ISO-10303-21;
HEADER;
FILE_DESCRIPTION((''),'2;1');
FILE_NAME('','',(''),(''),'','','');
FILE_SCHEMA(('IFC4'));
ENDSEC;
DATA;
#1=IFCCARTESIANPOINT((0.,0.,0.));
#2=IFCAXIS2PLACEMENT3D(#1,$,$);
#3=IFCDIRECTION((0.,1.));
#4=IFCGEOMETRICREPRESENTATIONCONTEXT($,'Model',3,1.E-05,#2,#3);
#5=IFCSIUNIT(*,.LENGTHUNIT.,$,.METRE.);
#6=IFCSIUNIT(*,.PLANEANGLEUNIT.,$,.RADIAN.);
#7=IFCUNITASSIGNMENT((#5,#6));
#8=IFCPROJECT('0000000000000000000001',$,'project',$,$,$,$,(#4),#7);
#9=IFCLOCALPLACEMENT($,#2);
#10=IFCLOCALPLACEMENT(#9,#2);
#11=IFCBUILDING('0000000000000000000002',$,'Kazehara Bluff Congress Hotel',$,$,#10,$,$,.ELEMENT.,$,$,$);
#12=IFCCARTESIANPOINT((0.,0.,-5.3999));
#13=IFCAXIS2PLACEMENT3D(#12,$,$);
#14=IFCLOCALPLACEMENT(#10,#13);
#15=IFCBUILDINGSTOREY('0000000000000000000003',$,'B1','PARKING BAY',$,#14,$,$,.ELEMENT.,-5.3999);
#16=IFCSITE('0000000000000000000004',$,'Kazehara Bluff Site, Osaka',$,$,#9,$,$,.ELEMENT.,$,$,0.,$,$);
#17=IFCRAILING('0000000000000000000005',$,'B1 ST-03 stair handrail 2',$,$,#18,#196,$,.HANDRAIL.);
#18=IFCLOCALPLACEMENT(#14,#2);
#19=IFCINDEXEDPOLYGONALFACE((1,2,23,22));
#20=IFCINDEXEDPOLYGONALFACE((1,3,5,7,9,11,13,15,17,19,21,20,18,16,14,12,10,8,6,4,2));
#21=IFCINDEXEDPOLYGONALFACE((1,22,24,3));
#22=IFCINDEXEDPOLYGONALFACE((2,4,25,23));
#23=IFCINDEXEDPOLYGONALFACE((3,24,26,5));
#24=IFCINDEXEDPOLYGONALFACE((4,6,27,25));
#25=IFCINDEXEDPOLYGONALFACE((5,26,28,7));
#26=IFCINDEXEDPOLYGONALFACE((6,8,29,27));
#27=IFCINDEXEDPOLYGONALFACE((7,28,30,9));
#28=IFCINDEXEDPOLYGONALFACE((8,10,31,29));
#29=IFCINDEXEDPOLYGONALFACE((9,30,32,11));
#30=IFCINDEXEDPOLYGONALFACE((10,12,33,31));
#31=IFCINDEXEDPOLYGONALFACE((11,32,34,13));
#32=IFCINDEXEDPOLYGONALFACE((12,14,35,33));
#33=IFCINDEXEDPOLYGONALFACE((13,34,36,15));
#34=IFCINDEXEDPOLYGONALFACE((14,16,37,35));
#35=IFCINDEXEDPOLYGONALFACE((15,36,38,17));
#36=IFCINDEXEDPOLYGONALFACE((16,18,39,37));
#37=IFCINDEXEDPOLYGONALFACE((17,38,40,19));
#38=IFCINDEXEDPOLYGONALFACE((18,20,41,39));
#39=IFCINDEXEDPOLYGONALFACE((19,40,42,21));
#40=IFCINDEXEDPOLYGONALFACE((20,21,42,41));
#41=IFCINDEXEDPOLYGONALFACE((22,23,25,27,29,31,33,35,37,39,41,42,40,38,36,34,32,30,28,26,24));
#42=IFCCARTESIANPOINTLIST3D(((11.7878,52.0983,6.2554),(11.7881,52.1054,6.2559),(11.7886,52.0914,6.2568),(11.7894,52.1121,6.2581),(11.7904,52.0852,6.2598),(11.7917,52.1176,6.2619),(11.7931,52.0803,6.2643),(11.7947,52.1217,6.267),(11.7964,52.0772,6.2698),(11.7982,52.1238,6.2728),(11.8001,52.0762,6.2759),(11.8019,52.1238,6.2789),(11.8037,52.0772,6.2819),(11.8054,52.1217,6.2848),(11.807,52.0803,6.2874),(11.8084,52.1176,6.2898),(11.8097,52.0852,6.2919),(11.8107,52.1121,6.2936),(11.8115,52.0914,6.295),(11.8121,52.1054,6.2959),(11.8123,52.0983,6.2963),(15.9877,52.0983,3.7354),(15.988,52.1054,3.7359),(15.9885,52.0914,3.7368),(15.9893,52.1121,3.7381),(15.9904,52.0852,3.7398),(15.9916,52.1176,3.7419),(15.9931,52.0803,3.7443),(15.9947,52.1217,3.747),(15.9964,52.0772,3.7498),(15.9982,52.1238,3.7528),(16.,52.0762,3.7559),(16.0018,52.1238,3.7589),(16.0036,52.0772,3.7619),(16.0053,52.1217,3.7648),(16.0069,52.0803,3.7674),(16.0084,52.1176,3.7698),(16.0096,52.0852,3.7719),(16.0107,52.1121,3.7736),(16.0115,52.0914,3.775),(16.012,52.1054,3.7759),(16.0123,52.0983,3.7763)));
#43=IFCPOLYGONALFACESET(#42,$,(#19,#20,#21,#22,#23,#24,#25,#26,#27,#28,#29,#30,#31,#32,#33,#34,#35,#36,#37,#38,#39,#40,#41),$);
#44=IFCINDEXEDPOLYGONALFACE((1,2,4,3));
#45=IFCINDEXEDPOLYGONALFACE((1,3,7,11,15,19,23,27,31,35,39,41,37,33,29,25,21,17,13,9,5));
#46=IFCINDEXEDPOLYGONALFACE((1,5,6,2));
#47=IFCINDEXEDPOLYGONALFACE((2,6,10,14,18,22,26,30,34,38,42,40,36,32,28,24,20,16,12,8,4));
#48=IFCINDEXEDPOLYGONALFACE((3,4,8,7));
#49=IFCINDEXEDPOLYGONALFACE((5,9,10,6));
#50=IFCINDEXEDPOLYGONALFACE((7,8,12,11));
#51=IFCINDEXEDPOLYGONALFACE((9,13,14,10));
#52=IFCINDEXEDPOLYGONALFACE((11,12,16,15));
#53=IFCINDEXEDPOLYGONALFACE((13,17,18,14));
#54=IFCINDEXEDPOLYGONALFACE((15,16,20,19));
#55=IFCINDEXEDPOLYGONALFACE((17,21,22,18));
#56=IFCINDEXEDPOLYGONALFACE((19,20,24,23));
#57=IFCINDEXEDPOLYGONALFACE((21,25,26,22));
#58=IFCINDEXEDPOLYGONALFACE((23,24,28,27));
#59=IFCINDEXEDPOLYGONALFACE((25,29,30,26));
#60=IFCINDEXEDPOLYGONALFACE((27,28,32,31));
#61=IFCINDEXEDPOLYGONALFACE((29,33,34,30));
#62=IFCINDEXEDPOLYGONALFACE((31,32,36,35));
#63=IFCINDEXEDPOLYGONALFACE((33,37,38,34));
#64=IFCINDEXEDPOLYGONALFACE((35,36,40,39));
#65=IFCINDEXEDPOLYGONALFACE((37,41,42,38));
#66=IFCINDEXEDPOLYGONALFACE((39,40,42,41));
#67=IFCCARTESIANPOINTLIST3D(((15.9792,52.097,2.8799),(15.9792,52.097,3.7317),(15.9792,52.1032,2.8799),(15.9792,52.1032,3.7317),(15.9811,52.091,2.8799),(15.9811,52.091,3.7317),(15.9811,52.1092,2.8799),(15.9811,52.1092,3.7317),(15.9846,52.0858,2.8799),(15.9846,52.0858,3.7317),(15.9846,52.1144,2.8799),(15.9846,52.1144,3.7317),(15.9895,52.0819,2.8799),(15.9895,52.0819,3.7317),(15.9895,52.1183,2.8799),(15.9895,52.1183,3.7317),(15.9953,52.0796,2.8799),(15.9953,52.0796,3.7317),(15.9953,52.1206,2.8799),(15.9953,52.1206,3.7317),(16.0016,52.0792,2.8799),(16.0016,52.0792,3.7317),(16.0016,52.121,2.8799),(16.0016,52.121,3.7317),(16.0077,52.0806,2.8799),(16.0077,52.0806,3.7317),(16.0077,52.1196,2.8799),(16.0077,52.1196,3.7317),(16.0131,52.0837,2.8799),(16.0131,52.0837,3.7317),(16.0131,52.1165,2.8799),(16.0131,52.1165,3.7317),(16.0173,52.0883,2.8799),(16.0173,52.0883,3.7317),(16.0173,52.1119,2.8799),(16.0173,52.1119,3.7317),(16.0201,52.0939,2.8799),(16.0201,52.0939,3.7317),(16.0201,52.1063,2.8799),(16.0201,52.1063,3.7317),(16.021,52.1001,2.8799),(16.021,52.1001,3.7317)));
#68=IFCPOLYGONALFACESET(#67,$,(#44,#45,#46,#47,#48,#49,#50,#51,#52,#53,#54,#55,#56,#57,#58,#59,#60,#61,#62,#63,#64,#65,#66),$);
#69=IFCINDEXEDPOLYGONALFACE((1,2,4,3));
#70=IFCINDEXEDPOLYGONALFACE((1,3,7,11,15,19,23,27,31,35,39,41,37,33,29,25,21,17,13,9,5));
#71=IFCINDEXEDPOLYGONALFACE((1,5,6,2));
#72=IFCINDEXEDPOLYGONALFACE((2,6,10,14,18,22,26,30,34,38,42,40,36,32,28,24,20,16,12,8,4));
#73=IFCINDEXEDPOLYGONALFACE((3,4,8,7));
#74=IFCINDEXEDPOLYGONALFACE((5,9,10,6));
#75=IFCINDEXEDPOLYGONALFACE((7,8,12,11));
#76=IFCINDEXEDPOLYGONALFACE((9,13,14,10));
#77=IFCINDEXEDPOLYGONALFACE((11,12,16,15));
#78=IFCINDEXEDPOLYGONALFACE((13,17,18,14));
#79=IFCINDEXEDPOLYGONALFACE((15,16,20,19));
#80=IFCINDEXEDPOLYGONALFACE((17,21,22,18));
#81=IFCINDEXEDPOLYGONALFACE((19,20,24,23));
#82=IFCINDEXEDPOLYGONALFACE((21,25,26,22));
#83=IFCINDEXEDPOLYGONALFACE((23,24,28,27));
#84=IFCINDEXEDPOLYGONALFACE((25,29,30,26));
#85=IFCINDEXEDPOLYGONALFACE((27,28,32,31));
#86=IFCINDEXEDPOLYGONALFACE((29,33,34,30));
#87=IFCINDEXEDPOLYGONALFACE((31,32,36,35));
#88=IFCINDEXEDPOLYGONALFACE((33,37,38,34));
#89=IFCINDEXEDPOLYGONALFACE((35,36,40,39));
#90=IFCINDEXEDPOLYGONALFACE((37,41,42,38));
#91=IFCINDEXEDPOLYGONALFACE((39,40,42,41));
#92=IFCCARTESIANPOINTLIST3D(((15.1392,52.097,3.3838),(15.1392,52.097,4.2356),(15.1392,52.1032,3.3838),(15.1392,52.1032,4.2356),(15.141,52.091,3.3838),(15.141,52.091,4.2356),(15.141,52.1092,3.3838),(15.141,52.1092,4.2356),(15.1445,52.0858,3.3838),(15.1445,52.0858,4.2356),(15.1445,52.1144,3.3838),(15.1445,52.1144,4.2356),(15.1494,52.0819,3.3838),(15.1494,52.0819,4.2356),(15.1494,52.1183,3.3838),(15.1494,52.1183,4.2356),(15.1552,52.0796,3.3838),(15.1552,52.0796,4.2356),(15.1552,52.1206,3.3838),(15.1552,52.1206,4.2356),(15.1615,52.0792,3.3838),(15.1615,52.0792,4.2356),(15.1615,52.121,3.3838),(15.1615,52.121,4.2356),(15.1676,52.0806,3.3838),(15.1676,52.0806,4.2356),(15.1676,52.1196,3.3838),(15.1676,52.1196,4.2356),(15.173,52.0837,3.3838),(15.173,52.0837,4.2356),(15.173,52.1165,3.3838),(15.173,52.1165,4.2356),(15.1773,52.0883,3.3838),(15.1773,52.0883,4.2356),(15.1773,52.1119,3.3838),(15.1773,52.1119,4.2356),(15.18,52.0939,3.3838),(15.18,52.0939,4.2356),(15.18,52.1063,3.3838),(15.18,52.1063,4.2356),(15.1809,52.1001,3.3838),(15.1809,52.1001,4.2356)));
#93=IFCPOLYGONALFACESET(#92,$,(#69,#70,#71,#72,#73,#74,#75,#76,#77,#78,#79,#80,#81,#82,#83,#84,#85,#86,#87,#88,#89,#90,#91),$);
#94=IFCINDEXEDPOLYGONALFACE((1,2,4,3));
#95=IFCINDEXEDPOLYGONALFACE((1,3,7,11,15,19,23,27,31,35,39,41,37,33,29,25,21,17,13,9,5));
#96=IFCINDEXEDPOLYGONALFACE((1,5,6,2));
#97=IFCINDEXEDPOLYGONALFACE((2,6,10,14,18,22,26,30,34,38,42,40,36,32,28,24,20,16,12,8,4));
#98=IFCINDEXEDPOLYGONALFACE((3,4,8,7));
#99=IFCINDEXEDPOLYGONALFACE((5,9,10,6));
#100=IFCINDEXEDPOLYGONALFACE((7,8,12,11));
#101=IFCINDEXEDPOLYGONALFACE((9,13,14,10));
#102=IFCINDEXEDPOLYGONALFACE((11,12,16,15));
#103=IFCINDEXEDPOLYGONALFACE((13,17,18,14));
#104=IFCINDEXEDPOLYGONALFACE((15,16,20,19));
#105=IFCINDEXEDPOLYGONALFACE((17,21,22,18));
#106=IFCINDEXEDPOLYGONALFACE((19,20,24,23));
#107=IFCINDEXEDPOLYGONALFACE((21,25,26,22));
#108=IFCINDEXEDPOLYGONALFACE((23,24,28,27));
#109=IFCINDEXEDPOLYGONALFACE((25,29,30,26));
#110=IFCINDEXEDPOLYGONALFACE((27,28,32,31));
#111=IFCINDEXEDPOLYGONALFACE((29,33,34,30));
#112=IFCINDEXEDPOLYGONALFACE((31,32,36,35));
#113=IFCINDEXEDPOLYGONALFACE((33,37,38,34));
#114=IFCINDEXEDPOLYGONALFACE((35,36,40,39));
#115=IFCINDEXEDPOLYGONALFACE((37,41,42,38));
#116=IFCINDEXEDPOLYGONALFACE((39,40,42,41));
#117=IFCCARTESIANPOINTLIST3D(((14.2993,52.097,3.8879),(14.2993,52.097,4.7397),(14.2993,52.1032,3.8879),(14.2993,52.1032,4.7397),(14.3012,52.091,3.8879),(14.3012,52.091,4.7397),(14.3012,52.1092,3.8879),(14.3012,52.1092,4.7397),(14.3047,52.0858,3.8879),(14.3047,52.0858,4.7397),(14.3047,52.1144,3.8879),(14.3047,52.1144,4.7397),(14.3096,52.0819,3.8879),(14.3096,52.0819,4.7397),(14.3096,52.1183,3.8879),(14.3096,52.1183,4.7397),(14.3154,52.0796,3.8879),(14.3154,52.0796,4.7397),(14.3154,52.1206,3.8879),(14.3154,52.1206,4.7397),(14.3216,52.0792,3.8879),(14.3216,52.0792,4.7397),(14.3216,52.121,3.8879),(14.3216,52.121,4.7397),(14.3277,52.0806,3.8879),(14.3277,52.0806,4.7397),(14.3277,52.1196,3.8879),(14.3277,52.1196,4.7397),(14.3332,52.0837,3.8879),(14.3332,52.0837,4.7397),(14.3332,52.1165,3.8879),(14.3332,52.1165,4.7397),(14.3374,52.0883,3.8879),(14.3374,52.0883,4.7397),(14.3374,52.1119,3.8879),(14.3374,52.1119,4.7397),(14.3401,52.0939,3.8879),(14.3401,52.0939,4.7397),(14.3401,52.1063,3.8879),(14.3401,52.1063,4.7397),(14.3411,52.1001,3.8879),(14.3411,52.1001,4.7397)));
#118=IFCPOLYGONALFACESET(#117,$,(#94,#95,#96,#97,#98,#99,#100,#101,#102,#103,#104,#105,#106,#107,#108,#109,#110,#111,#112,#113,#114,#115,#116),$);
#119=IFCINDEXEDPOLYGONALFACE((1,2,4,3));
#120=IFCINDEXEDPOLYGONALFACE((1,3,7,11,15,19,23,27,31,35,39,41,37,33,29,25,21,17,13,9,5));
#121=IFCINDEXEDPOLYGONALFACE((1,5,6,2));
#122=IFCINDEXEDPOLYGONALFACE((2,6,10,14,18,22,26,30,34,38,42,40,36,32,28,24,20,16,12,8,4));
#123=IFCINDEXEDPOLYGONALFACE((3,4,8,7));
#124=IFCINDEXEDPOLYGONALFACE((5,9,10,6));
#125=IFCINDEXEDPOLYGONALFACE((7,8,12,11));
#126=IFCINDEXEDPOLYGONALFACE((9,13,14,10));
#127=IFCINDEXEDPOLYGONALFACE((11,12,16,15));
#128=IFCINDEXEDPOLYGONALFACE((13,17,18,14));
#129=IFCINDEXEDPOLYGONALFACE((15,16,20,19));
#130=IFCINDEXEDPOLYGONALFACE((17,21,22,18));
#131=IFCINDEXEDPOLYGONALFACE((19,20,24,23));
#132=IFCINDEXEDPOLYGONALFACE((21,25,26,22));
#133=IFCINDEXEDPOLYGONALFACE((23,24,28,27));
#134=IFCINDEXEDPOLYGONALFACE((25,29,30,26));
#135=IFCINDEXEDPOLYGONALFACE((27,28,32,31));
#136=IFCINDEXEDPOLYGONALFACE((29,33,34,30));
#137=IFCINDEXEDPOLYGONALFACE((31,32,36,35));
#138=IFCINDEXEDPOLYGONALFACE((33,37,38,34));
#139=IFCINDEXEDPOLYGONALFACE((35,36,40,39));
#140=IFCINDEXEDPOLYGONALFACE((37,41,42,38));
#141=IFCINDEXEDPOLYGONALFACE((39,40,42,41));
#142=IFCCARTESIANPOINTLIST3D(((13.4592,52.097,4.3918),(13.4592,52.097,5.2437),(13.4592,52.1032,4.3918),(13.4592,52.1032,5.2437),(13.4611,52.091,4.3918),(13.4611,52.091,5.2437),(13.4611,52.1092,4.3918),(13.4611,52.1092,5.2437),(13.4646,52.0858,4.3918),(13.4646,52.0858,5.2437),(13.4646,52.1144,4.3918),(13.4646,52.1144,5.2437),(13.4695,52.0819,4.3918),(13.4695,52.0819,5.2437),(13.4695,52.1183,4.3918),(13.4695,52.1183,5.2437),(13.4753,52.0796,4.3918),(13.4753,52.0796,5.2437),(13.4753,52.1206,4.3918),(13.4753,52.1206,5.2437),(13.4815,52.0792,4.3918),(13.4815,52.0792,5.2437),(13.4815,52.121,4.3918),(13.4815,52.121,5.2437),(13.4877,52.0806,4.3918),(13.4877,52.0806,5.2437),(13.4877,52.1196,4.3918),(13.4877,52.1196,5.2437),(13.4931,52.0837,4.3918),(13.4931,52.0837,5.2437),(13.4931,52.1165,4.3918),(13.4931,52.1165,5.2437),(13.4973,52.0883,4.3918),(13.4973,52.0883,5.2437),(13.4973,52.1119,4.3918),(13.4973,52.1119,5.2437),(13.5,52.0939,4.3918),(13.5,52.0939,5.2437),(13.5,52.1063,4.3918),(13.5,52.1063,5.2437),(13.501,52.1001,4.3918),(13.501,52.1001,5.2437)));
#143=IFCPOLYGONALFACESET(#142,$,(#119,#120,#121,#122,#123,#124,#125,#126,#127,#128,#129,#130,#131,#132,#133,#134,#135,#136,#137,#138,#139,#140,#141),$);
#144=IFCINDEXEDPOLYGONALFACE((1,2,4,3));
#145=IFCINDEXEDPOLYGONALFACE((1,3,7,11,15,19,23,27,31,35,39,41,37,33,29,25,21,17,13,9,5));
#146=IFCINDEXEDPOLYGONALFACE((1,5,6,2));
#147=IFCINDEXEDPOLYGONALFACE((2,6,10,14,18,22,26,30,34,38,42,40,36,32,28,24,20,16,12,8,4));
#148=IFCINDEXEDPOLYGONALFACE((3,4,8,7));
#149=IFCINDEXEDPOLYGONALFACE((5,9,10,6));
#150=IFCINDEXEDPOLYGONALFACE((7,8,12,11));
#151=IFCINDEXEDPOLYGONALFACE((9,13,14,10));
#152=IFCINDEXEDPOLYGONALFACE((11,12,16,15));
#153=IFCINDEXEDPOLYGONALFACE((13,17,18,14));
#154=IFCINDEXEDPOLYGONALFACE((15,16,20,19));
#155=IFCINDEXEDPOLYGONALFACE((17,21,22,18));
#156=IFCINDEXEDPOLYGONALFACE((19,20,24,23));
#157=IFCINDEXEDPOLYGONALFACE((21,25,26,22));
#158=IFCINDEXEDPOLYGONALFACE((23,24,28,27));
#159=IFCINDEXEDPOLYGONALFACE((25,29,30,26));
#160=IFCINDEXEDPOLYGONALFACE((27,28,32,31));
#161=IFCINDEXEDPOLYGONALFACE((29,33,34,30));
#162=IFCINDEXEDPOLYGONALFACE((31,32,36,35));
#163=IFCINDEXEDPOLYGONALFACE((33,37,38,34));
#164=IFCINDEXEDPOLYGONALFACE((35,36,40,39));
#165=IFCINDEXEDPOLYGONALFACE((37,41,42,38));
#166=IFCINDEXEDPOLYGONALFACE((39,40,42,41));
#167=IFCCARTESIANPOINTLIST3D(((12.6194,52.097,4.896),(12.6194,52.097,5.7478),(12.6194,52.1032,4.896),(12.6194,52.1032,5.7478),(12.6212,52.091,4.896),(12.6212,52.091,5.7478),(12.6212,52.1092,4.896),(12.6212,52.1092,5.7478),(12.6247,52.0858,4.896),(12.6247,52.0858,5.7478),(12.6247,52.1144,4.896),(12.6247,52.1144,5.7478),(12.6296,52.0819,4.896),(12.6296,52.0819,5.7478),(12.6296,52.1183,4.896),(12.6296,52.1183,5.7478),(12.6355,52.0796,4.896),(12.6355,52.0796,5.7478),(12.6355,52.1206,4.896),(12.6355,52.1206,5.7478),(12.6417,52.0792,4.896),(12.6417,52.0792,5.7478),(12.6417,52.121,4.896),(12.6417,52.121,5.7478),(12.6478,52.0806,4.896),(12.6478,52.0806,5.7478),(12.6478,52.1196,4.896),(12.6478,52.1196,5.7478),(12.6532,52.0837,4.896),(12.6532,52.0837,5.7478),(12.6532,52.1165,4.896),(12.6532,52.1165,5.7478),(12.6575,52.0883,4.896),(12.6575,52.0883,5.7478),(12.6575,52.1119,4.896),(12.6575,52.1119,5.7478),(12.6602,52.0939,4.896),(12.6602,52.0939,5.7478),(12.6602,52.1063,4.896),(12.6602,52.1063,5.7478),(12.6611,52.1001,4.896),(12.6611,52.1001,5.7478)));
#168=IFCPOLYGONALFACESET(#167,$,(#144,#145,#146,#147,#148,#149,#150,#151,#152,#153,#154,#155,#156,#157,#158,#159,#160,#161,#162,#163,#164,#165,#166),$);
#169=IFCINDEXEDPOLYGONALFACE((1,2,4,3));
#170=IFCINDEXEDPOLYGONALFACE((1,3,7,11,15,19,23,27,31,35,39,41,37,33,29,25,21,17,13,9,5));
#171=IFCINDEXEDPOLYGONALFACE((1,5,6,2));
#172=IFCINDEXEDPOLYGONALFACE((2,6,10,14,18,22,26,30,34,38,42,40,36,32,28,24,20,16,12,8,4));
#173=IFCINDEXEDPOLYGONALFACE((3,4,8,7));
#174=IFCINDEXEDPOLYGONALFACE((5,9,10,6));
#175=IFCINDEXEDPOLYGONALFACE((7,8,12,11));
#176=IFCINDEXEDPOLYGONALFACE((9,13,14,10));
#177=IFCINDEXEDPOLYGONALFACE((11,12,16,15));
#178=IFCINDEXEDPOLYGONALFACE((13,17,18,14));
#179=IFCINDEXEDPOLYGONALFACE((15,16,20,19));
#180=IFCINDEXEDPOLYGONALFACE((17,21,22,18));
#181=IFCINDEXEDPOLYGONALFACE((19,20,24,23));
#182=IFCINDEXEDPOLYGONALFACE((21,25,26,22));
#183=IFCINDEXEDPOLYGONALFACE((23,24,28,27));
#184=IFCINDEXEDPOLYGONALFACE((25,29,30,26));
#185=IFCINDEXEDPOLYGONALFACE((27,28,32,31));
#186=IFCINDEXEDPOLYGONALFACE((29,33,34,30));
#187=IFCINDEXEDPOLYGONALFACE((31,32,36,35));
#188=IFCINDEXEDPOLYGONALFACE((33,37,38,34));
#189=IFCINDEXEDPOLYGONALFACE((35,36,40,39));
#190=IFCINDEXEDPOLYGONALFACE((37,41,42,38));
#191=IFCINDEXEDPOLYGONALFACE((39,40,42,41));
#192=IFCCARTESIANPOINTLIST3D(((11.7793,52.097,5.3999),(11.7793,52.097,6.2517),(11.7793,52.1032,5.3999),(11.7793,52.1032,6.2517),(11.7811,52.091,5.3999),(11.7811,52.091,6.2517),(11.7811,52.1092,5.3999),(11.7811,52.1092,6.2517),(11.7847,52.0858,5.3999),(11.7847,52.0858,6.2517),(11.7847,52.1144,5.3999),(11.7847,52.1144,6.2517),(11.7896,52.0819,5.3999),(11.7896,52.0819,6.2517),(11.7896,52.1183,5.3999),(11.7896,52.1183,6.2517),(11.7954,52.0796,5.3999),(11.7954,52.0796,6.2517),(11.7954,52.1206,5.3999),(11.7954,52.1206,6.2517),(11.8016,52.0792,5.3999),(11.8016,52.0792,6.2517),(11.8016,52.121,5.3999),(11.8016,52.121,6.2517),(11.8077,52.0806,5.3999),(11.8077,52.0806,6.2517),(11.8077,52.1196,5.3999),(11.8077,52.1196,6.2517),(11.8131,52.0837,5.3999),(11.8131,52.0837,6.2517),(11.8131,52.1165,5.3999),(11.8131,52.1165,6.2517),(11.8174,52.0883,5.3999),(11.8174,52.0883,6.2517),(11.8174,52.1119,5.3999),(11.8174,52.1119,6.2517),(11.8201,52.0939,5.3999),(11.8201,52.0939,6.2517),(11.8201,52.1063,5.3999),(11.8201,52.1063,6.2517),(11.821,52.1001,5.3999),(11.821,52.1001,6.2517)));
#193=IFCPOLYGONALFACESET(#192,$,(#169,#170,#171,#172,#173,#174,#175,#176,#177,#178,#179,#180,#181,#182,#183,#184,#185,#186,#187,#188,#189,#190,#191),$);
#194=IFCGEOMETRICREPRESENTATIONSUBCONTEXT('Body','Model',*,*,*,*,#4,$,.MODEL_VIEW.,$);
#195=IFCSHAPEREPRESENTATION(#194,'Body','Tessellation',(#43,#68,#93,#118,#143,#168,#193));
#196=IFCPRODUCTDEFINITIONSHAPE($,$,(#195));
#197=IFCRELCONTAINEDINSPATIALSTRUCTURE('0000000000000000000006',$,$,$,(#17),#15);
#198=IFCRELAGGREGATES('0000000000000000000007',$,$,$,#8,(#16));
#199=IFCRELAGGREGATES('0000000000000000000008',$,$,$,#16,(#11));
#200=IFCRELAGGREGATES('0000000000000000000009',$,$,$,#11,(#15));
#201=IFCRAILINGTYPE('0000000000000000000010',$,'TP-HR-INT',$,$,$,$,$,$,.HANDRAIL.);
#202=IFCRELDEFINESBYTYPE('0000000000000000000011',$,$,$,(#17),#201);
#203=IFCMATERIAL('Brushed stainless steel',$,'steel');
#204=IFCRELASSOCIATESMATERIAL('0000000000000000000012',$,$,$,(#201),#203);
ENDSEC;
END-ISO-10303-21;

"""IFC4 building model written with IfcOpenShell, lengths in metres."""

from ifc_helpers import new_model, si_unit, direction, frame, origin, origin_2d, place, context, subcontext, project, spatial, circle, extrude, material, type_object, element, save


model = new_model("IFC4")

# Units and contexts
model_context = context("Model", 3, precision=1e-05, world=origin(), true_north=direction((0.0, 1.0)))
body_context = subcontext(model_context, "Body", "Model", "MODEL_VIEW")
ifc_project = project(units=[si_unit("LENGTHUNIT", "METRE"), si_unit("PLANEANGLEUNIT", "RADIAN")], contexts=[model_context])

# Site, building, storey
site_placement = place(None, origin())
site = spatial("IfcSite", under=ifc_project, at=site_placement, Name="Kazehara Bluff Site, Osaka", CompositionType="ELEMENT", RefElevation=0.0)
building_placement = place(site_placement, origin())
building = spatial("IfcBuilding", under=site, at=building_placement, Name="Kazehara Bluff Congress Hotel", CompositionType="ELEMENT")
storey_placement = place(building_placement, frame((0.0, 0.0, -5.3999)))
storey = spatial("IfcBuildingStorey", under=building, at=storey_placement, Name="B1", Description="PARKING BAY", CompositionType="ELEMENT", Elevation=-5.3999)

# Railing
ifc_material_1 = material(Name="Brushed stainless steel", Category="steel")
railing_type_1 = type_object("IfcRailingType", Name="TP-HR-INT", PredefinedType="HANDRAIL", material=ifc_material_1)
railing_1_placement = place(storey_placement, frame((16.0, 52.1001, 2.8799)))
element("IfcRailing", 1, at=railing_1_placement, inside=storey, type_object=railing_type_1, Name="B1 ST-03 stair handrail 2", PredefinedType="HANDRAIL", context=body_context, shape_type="SweptSolid", body=[
    extrude(circle(Radius=0.0239, at=origin_2d()), frame((0.0, 0.0, 0.876), z_axis=(-0.857489, 0.0, 0.514503), x_axis=(0.0, -1.0, 0.0)), (0.0, 0.0, 1.0), 4.8979),
    extrude(circle(Radius=0.021, at=origin_2d()), origin(), (0.0, 0.0, 1.0), 0.8518),
    extrude(circle(Radius=0.021, at=origin_2d()), frame((-0.8401, 0.0, 0.5039)), (0.0, 0.0, 1.0), 0.8518),
    extrude(circle(Radius=0.021, at=origin_2d()), frame((-1.6799, 0.0, 1.0081)), (0.0, 0.0, 1.0), 0.8518),
    extrude(circle(Radius=0.021, at=origin_2d()), frame((-2.52, 0.0, 1.512)), (0.0, 0.0, 1.0), 0.8518),
    extrude(circle(Radius=0.021, at=origin_2d()), frame((-3.3599, 0.0, 2.0161)), (0.0, 0.0, 1.0), 0.8518),
    extrude(circle(Radius=0.021, at=origin_2d()), frame((-4.2, 0.0, 2.52)), (0.0, 0.0, 1.0), 0.8518),
])

save(model, "model.ifc")
